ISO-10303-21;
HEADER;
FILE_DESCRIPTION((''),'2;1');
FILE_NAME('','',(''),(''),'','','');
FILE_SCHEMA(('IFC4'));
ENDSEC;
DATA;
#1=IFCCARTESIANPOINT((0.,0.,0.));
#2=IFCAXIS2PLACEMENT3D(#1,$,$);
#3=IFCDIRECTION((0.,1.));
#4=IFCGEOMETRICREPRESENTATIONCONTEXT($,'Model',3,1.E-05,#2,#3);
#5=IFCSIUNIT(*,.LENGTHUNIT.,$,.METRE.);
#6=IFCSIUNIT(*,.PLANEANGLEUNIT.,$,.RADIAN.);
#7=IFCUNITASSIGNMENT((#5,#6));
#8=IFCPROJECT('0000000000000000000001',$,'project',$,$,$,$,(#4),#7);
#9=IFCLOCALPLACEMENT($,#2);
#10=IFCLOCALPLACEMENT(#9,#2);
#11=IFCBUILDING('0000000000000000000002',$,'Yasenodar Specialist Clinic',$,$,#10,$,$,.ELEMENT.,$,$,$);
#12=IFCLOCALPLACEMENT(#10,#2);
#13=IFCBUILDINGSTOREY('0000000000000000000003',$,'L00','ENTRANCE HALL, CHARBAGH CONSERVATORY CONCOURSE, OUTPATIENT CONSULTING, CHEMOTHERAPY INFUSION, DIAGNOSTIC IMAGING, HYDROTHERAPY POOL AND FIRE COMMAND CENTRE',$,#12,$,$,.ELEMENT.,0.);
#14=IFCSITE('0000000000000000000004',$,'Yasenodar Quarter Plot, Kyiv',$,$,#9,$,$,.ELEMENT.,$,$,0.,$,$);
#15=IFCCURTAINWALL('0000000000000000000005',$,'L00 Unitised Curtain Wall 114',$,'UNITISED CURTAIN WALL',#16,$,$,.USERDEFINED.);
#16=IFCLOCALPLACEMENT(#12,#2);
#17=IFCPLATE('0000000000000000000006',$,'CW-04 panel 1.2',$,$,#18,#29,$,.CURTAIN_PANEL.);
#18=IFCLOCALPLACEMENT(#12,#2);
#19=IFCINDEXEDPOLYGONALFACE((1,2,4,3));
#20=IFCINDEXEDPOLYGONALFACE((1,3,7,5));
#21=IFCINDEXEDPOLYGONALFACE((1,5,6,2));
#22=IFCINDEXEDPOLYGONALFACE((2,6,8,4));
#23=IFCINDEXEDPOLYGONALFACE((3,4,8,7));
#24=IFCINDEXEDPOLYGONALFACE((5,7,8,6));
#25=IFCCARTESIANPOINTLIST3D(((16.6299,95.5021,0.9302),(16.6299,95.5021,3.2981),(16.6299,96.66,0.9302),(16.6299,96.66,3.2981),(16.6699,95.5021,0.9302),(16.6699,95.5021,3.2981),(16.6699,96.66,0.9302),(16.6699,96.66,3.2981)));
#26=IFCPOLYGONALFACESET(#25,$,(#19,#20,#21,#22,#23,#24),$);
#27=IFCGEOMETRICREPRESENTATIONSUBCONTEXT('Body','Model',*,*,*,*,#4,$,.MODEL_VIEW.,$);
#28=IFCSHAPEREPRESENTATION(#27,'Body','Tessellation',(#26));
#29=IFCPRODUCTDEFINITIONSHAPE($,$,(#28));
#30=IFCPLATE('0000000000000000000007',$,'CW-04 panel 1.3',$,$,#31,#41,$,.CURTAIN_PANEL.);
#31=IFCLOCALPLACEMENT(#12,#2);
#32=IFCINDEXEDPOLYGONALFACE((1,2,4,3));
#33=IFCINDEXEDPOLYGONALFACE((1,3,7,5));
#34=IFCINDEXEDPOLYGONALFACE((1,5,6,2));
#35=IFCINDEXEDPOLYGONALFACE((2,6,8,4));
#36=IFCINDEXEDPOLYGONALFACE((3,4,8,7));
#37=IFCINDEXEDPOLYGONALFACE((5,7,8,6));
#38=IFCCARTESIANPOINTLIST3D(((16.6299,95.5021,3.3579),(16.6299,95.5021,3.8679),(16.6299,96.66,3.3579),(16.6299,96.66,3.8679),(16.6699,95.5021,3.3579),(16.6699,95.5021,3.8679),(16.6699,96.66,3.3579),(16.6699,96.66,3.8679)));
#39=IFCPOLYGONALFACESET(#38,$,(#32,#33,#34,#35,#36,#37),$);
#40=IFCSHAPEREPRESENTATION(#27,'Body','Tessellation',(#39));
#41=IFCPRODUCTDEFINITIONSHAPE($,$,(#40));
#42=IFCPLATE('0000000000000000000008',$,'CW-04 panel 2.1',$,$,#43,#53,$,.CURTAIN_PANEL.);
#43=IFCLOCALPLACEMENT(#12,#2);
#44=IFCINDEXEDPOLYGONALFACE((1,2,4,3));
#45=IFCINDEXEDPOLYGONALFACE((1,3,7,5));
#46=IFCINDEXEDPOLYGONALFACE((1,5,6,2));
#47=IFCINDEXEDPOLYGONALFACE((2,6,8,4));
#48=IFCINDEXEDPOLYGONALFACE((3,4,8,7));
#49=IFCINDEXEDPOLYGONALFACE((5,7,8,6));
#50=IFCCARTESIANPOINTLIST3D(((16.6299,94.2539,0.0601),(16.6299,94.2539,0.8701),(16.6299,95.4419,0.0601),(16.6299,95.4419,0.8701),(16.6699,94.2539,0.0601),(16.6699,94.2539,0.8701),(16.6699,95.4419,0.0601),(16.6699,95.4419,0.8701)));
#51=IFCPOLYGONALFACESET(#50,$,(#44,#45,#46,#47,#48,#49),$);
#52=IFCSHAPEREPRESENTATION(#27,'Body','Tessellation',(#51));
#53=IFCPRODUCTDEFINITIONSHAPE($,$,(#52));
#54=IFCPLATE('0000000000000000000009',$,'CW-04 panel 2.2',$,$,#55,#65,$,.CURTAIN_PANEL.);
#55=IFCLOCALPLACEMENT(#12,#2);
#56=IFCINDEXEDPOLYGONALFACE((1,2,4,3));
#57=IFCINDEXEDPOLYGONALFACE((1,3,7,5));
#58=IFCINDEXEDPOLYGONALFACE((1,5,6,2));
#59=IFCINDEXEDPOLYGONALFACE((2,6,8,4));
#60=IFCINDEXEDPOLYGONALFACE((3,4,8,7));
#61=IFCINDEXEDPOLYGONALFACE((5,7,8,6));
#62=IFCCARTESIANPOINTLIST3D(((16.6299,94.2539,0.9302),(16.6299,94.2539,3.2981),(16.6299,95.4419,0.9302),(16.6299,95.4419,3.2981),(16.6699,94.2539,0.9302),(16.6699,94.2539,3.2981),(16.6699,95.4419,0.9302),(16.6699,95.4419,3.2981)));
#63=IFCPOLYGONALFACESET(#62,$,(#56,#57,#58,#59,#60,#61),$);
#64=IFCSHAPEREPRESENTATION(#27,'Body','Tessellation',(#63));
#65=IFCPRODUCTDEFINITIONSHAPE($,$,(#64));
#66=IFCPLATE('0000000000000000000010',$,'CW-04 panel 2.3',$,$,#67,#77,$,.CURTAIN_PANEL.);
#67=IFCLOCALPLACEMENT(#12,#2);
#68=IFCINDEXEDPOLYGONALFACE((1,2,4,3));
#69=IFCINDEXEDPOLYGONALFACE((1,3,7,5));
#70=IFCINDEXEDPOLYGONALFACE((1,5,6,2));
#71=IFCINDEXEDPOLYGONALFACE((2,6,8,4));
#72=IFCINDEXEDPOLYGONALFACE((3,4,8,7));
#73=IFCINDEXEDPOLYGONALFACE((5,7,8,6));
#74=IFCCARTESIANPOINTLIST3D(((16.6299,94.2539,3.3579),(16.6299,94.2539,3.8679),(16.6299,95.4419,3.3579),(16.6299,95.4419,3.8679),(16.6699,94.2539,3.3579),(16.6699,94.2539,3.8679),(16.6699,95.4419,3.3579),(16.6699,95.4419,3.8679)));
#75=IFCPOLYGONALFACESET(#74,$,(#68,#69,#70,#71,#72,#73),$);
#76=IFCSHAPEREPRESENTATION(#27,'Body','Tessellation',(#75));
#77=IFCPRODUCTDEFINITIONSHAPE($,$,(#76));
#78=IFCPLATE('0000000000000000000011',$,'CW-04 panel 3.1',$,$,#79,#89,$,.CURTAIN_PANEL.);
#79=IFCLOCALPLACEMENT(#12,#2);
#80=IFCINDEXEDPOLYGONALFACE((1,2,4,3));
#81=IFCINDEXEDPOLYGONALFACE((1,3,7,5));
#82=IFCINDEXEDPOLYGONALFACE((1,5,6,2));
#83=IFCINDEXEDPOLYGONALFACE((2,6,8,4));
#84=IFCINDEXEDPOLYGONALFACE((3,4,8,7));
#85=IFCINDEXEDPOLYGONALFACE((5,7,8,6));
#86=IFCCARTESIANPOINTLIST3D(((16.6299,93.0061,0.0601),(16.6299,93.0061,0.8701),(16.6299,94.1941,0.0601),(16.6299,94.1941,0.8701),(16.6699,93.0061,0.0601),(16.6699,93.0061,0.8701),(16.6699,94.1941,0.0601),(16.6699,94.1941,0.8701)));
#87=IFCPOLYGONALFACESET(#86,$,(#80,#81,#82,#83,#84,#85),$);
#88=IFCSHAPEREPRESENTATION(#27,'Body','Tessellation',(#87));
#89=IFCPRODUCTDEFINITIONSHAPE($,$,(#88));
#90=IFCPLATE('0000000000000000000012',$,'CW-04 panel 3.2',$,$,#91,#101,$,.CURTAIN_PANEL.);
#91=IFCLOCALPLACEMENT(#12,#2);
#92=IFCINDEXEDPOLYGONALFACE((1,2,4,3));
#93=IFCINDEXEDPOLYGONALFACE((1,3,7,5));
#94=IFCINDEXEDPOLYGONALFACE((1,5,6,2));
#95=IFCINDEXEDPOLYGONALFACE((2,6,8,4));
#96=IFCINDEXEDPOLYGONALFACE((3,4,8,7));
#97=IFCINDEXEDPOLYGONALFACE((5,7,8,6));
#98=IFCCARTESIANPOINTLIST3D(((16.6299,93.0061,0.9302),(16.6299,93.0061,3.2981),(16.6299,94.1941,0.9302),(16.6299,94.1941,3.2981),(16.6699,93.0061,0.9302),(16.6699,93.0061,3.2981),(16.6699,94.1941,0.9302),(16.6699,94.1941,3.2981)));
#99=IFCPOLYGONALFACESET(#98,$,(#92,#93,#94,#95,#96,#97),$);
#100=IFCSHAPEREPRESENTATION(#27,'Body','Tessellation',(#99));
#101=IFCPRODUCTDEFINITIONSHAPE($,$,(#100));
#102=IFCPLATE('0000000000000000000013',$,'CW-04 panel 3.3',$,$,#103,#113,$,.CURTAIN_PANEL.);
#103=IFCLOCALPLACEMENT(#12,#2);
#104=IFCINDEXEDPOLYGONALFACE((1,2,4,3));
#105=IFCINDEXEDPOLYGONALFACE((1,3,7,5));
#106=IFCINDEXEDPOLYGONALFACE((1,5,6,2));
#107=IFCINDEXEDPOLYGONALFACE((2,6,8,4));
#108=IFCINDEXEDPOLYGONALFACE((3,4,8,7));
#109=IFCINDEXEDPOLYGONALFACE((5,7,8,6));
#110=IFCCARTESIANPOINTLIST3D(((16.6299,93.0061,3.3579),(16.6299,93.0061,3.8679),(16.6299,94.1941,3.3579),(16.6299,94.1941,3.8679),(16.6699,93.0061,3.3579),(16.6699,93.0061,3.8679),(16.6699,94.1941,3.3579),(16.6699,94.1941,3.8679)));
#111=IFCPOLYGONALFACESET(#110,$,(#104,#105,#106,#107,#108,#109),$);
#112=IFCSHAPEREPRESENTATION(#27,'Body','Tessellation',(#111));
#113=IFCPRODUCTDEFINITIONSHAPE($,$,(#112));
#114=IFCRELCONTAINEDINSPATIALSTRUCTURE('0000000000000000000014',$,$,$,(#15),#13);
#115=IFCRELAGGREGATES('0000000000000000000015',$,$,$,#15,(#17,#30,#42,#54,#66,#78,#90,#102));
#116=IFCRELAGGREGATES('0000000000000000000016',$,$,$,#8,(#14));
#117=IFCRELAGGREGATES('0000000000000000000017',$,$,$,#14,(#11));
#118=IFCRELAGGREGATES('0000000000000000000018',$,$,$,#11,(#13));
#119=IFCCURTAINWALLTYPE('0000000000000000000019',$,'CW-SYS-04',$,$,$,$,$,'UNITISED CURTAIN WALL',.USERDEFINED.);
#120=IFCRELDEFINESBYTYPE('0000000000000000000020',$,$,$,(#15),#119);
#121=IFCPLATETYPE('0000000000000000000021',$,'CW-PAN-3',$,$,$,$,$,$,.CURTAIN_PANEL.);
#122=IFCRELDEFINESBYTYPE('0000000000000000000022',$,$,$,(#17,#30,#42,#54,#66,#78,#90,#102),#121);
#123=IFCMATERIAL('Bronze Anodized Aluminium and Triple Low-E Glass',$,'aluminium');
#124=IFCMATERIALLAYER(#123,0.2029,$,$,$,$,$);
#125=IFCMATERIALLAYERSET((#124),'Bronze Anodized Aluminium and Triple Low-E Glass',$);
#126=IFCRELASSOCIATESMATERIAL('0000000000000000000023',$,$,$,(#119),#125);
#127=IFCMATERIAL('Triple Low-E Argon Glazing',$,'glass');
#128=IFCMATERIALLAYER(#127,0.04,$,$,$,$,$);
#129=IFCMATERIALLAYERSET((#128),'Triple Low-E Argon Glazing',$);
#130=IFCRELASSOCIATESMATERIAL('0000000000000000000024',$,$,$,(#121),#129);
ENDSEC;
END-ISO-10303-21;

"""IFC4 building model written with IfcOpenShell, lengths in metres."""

from ifc_helpers import new_model, si_unit, direction, frame, origin, origin_2d, place, context, subcontext, project, spatial, rectangle, extrude, material, layer, layer_set, type_object, element, aggregate, save


model = new_model("IFC4")

# Units and contexts
model_context = context("Model", 3, precision=1e-05, world=origin(), true_north=direction((0.0, 1.0)))
body_context = subcontext(model_context, "Body", "Model", "MODEL_VIEW")
ifc_project = project(units=[si_unit("LENGTHUNIT", "METRE"), si_unit("PLANEANGLEUNIT", "RADIAN")], contexts=[model_context])

# Site, building, storey
site_placement = place(None, origin())
site = spatial("IfcSite", under=ifc_project, at=site_placement, Name="Yasenodar Quarter Plot, Kyiv", CompositionType="ELEMENT", RefElevation=0.0)
building_placement = place(site_placement, origin())
building = spatial("IfcBuilding", under=site, at=building_placement, Name="Yasenodar Specialist Clinic", CompositionType="ELEMENT")
storey_placement = place(building_placement, origin())
storey = spatial("IfcBuildingStorey", under=building, at=storey_placement, Name="L00", Description="ENTRANCE HALL, CHARBAGH CONSERVATORY CONCOURSE, OUTPATIENT CONSULTING, CHEMOTHERAPY INFUSION, DIAGNOSTIC IMAGING, HYDROTHERAPY POOL AND FIRE COMMAND CENTRE", CompositionType="ELEMENT", Elevation=0.0)

# Curtain wall, plates
ifc_material_1 = material(Name="Bronze Anodized Aluminium and Triple Low-E Glass", Category="aluminium")
ifc_layer_1 = layer(ifc_material_1, 0.2029)
ifc_layer_set_1 = layer_set([ifc_layer_1], Name="Bronze Anodized Aluminium and Triple Low-E Glass")
curtain_wall_type = type_object("IfcCurtainWallType", Name="CW-SYS-04", ElementType="UNITISED CURTAIN WALL", PredefinedType="USERDEFINED", material=ifc_layer_set_1)
curtain_wall_placement = place(storey_placement, origin())
curtain_wall = element("IfcCurtainWall", 1, at=curtain_wall_placement, inside=storey, type_object=curtain_wall_type, Name="L00 Unitised Curtain Wall 114", ObjectType="UNITISED CURTAIN WALL", PredefinedType="USERDEFINED")
ifc_material_2 = material(Name="Triple Low-E Argon Glazing", Category="glass")
ifc_layer_2 = layer(ifc_material_2, 0.04)
ifc_layer_set_2 = layer_set([ifc_layer_2], Name="Triple Low-E Argon Glazing")
plate_type = type_object("IfcPlateType", Name="CW-PAN-3", PredefinedType="CURTAIN_PANEL", material=ifc_layer_set_2)
plate_1_placement = place(storey_placement, frame((16.6499, 96.0811, 0.9302), z_axis=(0.0, 0.0, 1.0), x_axis=(0.0, -1.0, 0.0)))
plate_1 = element("IfcPlate", 2, at=plate_1_placement, type_object=plate_type, Name="CW-04 panel 1.2", PredefinedType="CURTAIN_PANEL", context=body_context, shape_type="SweptSolid", body=[
    extrude(rectangle(XDim=1.158, YDim=0.04, at=origin_2d()), origin(), (0.0, 0.0, 1.0), 2.3679),
])
plate_2_placement = place(storey_placement, frame((16.6499, 96.0811, 3.3579), z_axis=(0.0, 0.0, 1.0), x_axis=(0.0, -1.0, 0.0)))
plate_2 = element("IfcPlate", 3, at=plate_2_placement, type_object=plate_type, Name="CW-04 panel 1.3", PredefinedType="CURTAIN_PANEL", context=body_context, shape_type="SweptSolid", body=[
    extrude(rectangle(XDim=1.158, YDim=0.04, at=origin_2d()), origin(), (0.0, 0.0, 1.0), 0.51),
])
plate_3_placement = place(storey_placement, frame((16.6499, 94.8479, 0.0601), z_axis=(0.0, 0.0, 1.0), x_axis=(0.0, -1.0, 0.0)))
plate_3 = element("IfcPlate", 4, at=plate_3_placement, type_object=plate_type, Name="CW-04 panel 2.1", PredefinedType="CURTAIN_PANEL", context=body_context, shape_type="SweptSolid", body=[
    extrude(rectangle(XDim=1.188, YDim=0.04, at=origin_2d()), origin(), (0.0, 0.0, 1.0), 0.8101),
])
plate_4_placement = place(storey_placement, frame((16.6499, 94.8479, 0.9302), z_axis=(0.0, 0.0, 1.0), x_axis=(0.0, -1.0, 0.0)))
plate_4 = element("IfcPlate", 5, at=plate_4_placement, type_object=plate_type, Name="CW-04 panel 2.2", PredefinedType="CURTAIN_PANEL", context=body_context, shape_type="SweptSolid", body=[
    extrude(rectangle(XDim=1.188, YDim=0.04, at=origin_2d()), origin(), (0.0, 0.0, 1.0), 2.3679),
])
plate_5_placement = place(storey_placement, frame((16.6499, 94.8479, 3.3579), z_axis=(0.0, 0.0, 1.0), x_axis=(0.0, -1.0, 0.0)))
plate_5 = element("IfcPlate", 6, at=plate_5_placement, type_object=plate_type, Name="CW-04 panel 2.3", PredefinedType="CURTAIN_PANEL", context=body_context, shape_type="SweptSolid", body=[
    extrude(rectangle(XDim=1.188, YDim=0.04, at=origin_2d()), origin(), (0.0, 0.0, 1.0), 0.51),
])
plate_6_placement = place(storey_placement, frame((16.6499, 93.6001, 0.0601), z_axis=(0.0, 0.0, 1.0), x_axis=(0.0, -1.0, 0.0)))
plate_6 = element("IfcPlate", 7, at=plate_6_placement, type_object=plate_type, Name="CW-04 panel 3.1", PredefinedType="CURTAIN_PANEL", context=body_context, shape_type="SweptSolid", body=[
    extrude(rectangle(XDim=1.188, YDim=0.04, at=origin_2d()), origin(), (0.0, 0.0, 1.0), 0.8101),
])
plate_7_placement = place(storey_placement, frame((16.6499, 93.6001, 0.9302), z_axis=(0.0, 0.0, 1.0), x_axis=(0.0, -1.0, 0.0)))
plate_7 = element("IfcPlate", 8, at=plate_7_placement, type_object=plate_type, Name="CW-04 panel 3.2", PredefinedType="CURTAIN_PANEL", context=body_context, shape_type="SweptSolid", body=[
    extrude(rectangle(XDim=1.188, YDim=0.04, at=origin_2d()), origin(), (0.0, 0.0, 1.0), 2.3679),
])
plate_8_placement = place(storey_placement, frame((16.6499, 93.6001, 3.3579), z_axis=(0.0, 0.0, 1.0), x_axis=(0.0, -1.0, 0.0)))
plate_8 = element("IfcPlate", 9, at=plate_8_placement, type_object=plate_type, Name="CW-04 panel 3.3", PredefinedType="CURTAIN_PANEL", context=body_context, shape_type="SweptSolid", body=[
    extrude(rectangle(XDim=1.188, YDim=0.04, at=origin_2d()), origin(), (0.0, 0.0, 1.0), 0.51),
])
aggregate(curtain_wall, [plate_1, plate_2, plate_3, plate_4, plate_5, plate_6, plate_7, plate_8])

save(model, "model.ifc")
